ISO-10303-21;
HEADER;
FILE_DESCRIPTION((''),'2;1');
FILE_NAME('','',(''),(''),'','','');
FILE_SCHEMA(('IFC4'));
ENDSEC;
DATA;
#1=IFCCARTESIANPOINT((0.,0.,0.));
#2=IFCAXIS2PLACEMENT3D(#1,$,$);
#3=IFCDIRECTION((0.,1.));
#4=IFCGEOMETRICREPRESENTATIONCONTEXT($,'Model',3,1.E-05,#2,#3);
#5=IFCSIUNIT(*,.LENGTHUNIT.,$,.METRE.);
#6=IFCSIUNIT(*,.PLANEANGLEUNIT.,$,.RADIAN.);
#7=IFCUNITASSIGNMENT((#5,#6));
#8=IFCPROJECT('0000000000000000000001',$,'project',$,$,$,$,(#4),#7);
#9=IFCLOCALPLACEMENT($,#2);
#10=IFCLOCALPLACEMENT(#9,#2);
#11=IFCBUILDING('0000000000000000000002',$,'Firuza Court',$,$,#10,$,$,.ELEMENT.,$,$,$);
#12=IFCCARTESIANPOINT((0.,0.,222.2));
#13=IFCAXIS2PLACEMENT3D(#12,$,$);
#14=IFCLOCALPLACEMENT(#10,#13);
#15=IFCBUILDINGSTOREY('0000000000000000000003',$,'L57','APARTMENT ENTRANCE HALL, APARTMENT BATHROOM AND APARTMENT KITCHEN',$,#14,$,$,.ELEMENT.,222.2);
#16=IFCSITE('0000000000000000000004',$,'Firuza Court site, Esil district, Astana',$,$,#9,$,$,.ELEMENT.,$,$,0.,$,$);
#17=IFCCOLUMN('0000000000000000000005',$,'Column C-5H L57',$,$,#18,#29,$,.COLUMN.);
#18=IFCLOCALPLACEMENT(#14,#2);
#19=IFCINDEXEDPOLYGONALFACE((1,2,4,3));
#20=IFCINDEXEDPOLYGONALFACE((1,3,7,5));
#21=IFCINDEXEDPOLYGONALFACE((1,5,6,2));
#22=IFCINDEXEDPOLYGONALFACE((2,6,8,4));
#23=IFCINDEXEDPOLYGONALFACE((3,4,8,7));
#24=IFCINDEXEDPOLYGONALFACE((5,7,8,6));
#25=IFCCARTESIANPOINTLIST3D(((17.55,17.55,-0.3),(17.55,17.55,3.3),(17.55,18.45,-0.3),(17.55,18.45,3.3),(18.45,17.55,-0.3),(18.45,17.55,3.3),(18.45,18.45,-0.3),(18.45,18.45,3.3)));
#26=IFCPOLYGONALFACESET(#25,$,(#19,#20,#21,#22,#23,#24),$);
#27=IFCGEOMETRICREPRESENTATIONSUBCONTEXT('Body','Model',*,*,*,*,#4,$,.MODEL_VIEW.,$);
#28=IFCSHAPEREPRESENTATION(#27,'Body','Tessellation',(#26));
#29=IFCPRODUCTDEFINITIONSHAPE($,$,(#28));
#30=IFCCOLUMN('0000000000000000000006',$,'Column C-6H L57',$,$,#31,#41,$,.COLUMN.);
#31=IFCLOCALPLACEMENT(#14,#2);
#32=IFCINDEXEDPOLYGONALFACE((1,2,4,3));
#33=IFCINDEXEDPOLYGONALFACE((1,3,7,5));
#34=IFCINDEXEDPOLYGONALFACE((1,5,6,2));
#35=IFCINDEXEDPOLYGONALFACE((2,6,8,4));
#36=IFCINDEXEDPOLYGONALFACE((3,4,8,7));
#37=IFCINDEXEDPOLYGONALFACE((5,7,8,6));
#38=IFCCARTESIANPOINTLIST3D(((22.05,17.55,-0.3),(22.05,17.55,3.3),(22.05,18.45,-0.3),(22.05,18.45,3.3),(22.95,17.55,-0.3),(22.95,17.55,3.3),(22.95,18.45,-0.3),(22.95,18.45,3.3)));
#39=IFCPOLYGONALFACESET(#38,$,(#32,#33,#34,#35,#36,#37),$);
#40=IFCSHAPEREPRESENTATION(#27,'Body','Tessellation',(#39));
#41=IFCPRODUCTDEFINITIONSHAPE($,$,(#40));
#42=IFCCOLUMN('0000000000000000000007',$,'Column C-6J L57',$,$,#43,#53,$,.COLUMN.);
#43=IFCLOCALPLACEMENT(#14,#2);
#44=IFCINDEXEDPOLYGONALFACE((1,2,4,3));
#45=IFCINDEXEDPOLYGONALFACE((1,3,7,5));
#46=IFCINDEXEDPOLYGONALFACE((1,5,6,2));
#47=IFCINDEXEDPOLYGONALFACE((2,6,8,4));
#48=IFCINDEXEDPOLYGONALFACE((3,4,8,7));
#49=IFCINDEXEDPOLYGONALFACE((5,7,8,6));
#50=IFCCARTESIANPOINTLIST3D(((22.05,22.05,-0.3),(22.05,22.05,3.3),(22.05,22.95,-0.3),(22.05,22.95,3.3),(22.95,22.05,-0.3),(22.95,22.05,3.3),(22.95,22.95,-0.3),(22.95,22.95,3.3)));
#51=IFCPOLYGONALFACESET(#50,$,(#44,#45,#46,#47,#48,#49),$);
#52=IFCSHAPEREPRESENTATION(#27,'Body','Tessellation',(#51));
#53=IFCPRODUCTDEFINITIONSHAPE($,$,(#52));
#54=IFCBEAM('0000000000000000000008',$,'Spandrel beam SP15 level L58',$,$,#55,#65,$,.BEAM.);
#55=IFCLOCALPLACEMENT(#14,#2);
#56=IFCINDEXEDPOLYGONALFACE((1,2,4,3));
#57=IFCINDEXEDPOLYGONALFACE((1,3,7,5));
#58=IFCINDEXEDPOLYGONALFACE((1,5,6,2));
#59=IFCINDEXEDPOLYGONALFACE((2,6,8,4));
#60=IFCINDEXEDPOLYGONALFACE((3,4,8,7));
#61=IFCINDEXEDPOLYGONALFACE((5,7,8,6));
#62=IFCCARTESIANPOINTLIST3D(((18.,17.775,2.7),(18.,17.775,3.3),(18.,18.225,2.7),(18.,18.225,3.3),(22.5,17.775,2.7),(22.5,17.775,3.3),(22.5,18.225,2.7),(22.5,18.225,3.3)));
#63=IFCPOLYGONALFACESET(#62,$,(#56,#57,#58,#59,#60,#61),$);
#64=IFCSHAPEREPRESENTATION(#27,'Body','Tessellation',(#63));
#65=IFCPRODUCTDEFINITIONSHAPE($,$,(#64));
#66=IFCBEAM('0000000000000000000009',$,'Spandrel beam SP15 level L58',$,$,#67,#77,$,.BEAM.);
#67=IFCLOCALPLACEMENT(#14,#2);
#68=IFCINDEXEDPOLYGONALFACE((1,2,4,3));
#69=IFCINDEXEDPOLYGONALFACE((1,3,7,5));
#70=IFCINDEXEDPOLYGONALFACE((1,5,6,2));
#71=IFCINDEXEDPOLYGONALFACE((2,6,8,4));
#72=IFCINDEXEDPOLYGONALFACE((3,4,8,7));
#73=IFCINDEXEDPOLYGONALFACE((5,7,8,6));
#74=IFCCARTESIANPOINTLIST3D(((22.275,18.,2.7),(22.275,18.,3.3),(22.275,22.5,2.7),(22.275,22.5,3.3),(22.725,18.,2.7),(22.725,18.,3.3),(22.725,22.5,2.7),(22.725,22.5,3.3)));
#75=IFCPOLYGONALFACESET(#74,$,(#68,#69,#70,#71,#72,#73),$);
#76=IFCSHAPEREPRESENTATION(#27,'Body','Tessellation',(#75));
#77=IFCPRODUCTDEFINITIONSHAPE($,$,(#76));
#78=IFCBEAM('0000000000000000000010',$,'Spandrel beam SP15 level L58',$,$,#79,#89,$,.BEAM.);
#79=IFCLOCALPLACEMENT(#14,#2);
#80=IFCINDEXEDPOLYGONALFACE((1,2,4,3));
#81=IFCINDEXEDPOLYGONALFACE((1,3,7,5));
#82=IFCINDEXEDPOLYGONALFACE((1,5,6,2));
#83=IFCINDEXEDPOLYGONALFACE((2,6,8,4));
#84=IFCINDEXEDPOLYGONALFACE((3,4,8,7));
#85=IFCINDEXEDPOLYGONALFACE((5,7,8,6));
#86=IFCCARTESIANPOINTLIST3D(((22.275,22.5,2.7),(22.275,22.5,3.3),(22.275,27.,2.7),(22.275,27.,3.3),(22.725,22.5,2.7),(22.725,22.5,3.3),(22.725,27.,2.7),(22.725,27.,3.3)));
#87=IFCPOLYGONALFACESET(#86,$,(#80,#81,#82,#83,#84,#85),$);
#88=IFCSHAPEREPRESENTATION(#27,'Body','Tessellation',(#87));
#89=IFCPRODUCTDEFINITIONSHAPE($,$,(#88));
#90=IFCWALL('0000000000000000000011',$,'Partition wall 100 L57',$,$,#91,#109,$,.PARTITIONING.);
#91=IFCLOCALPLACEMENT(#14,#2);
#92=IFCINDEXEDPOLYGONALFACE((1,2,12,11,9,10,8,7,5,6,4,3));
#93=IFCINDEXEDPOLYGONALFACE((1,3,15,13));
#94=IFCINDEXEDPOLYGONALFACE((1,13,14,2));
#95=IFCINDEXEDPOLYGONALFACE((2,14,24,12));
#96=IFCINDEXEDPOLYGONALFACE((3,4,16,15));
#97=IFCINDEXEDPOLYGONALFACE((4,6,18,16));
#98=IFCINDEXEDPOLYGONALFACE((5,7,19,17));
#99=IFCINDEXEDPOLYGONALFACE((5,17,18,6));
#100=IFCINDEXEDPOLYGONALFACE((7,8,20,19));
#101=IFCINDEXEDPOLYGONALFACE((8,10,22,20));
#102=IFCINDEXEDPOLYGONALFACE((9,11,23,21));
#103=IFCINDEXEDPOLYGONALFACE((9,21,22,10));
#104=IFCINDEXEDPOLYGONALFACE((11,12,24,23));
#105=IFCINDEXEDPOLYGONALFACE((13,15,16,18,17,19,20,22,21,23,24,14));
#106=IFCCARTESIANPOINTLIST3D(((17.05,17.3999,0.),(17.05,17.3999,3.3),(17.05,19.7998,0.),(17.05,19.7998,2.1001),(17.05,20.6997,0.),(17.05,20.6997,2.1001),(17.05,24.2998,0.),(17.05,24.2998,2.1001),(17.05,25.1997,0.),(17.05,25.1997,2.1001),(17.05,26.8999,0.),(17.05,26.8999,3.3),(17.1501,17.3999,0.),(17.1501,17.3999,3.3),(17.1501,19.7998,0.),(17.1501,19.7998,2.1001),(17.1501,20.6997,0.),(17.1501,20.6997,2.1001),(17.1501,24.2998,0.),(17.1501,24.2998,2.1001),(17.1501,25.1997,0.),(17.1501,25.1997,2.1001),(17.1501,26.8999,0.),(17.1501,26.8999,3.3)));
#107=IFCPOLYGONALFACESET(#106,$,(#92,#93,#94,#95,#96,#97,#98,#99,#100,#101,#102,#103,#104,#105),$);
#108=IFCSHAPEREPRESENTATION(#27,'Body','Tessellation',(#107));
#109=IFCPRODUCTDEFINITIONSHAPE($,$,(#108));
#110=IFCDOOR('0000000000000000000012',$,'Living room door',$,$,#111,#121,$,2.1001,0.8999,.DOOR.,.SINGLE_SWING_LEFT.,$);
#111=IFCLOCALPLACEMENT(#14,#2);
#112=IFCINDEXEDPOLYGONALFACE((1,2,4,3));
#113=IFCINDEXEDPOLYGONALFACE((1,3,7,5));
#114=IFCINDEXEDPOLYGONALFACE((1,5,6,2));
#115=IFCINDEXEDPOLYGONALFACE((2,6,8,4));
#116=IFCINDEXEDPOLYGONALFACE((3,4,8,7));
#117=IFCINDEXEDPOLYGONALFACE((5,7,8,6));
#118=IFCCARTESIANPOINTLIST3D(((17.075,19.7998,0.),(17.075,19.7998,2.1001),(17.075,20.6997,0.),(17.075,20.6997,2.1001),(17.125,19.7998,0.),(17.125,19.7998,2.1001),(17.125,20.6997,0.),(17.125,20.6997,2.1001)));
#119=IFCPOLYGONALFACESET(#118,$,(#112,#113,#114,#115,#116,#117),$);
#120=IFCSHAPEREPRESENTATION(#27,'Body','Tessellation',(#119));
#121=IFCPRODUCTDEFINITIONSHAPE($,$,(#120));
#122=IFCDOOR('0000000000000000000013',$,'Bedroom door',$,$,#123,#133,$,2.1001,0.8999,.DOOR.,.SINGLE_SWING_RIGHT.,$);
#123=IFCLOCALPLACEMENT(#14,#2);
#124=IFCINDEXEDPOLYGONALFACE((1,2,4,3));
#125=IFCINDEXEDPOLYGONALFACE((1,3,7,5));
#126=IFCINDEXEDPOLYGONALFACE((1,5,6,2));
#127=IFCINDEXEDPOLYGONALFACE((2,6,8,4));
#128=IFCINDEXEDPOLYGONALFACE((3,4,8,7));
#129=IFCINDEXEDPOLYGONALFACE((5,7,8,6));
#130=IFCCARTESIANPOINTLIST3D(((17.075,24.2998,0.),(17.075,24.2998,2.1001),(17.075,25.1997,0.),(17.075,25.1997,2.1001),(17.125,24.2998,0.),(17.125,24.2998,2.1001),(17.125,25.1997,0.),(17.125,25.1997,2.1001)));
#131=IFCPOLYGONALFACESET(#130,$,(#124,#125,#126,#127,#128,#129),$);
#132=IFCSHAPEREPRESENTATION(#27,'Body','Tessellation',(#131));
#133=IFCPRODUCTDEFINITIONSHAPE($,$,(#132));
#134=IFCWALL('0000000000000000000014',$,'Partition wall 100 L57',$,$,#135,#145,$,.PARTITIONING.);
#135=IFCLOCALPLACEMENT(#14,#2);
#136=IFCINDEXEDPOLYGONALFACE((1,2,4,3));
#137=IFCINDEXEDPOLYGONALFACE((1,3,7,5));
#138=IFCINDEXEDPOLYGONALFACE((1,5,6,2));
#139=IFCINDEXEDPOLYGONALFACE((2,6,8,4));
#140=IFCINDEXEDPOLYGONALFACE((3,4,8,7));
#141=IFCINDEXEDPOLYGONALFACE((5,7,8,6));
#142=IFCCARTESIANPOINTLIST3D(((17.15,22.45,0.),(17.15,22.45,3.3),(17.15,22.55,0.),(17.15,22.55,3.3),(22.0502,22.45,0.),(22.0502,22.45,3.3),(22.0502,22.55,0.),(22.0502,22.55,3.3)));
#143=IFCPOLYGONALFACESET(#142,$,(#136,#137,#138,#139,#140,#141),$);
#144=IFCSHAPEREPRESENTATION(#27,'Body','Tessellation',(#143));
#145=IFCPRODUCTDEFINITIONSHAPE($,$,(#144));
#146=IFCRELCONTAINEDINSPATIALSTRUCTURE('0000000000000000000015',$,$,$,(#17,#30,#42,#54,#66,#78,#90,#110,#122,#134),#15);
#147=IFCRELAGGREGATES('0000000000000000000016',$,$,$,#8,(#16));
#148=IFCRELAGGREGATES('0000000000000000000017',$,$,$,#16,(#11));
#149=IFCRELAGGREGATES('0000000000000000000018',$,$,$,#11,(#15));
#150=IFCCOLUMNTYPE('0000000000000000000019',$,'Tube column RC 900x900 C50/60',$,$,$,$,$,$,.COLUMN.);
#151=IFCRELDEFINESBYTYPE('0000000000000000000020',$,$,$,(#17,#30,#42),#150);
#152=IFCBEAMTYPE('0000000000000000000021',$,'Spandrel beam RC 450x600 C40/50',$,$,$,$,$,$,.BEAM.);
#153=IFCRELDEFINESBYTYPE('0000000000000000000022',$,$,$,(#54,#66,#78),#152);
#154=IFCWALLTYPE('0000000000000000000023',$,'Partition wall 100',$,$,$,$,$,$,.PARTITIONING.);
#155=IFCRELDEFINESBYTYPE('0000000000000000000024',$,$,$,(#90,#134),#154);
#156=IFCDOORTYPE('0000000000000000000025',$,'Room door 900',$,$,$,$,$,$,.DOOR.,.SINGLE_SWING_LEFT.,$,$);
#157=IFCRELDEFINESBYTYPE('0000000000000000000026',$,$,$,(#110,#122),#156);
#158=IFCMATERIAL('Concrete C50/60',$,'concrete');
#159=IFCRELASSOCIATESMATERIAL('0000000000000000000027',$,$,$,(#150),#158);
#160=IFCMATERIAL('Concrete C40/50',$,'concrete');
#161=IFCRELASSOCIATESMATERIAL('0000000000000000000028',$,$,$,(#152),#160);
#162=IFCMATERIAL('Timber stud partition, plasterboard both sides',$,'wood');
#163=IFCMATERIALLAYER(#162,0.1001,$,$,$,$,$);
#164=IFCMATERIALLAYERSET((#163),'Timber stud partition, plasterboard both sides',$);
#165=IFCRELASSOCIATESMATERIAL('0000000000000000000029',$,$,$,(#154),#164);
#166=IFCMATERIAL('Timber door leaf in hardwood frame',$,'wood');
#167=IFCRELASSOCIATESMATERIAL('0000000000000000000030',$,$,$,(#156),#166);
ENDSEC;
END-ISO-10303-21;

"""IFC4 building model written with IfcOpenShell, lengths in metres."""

from ifc_helpers import new_model, si_unit, direction, frame, frame_2d, origin, origin_2d, place, context, subcontext, project, spatial, rectangle, extrude, material, layer, layer_set, material_profile, profile_set, type_object, element, fill, save


model = new_model("IFC4")

# Units and contexts
model_context = context("Model", 3, precision=1e-05, world=origin(), true_north=direction((0.0, 1.0)))
body_context = subcontext(model_context, "Body", "Model", "MODEL_VIEW")
ifc_project = project(units=[si_unit("LENGTHUNIT", "METRE"), si_unit("PLANEANGLEUNIT", "RADIAN")], contexts=[model_context])

# Site, building, storey
site_placement = place(None, origin())
site = spatial("IfcSite", under=ifc_project, at=site_placement, Name="Firuza Court site, Esil district, Astana", CompositionType="ELEMENT", RefElevation=0.0)
building_placement = place(site_placement, origin())
building = spatial("IfcBuilding", under=site, at=building_placement, Name="Firuza Court", CompositionType="ELEMENT")
storey_placement = place(building_placement, frame((0.0, 0.0, 222.2)))
storey = spatial("IfcBuildingStorey", under=building, at=storey_placement, Name="L57", Description="APARTMENT ENTRANCE HALL, APARTMENT BATHROOM AND APARTMENT KITCHEN", CompositionType="ELEMENT", Elevation=222.2)

# Columns
ifc_material_1 = material(Name="Concrete C50/60", Category="concrete")
ifc_material_profile_1 = material_profile(ifc_material_1, rectangle(XDim=0.8999, YDim=0.8999, at=origin_2d()), Name="RC 900x900")
ifc_profile_set_1 = profile_set([ifc_material_profile_1], Name="Concrete C50/60")
column_type = type_object("IfcColumnType", Name="Tube column RC 900x900 C50/60", PredefinedType="COLUMN", material=ifc_profile_set_1)
for number, where, z_axis, x_axis, name in (
    (1, (18.0, 18.0, -0.3), (0.0, 0.0, 1.0), (1.0, 0.0, 0.0), "Column C-5H L57"),
    (2, (22.5, 18.0, -0.3), (0.0, 0.0, 1.0), (1.0, 0.0, 0.0), "Column C-6H L57"),
    (3, (22.5, 22.5, -0.3), (0.0, 0.0, 1.0), (1.0, 0.0, 0.0), "Column C-6J L57"),
):
    element("IfcColumn", number, at=place(storey_placement, frame(where, z_axis=z_axis, x_axis=x_axis)), inside=storey, type_object=column_type, Name=name, PredefinedType="COLUMN", context=body_context, shape_type="SweptSolid", body=[
        extrude(rectangle(XDim=0.8999, YDim=0.8999, at=origin_2d()), origin(), (0.0, 0.0, 1.0), 3.6001),
    ])

# Beams
ifc_material_2 = material(Name="Concrete C40/50", Category="concrete")
ifc_material_profile_2 = material_profile(ifc_material_2, rectangle(XDim=0.45, YDim=0.6001, at=origin_2d()), Name="RC 450x600")
ifc_profile_set_2 = profile_set([ifc_material_profile_2], Name="Concrete C40/50")
beam_type = type_object("IfcBeamType", Name="Spandrel beam RC 450x600 C40/50", PredefinedType="BEAM", material=ifc_profile_set_2)
for number, where, z_axis, x_axis, name in (
    (4, (18.0, 18.0, 3.0), (1.0, 0.0, 0.0), (0.0, 1.0, 0.0), "Spandrel beam SP15 level L58"),
    (5, (22.5, 18.0, 3.0), (0.0, 1.0, 0.0), (-1.0, 0.0, 0.0), "Spandrel beam SP15 level L58"),
    (6, (22.5, 22.5, 3.0), (0.0, 1.0, 0.0), (-1.0, 0.0, 0.0), "Spandrel beam SP15 level L58"),
):
    element("IfcBeam", number, at=place(storey_placement, frame(where, z_axis=z_axis, x_axis=x_axis)), inside=storey, type_object=beam_type, Name=name, PredefinedType="BEAM", context=body_context, shape_type="SweptSolid", body=[
        extrude(rectangle(XDim=0.45, YDim=0.6001, at=origin_2d()), origin(), (0.0, 0.0, 1.0), 4.5),
    ])

# Wall, openings, doors
ifc_material_3 = material(Name="Timber stud partition, plasterboard both sides", Category="wood")
ifc_layer_1 = layer(ifc_material_3, 0.1001)
ifc_layer_set_1 = layer_set([ifc_layer_1], Name="Timber stud partition, plasterboard both sides")
wall_type_1 = type_object("IfcWallType", Name="Partition wall 100", PredefinedType="PARTITIONING", material=ifc_layer_set_1)
wall_1_placement = place(storey_placement, frame((17.1001, 17.3999, 0.0), z_axis=(0.0, 0.0, 1.0), x_axis=(0.0, 1.0, 0.0)))
wall_1 = element("IfcWall", 7, at=wall_1_placement, inside=storey, type_object=wall_type_1, Name="Partition wall 100 L57", PredefinedType="PARTITIONING", context=body_context, shape_type="SweptSolid", body=[
    extrude(rectangle(XDim=9.5, YDim=0.1001, at=frame_2d((4.75, 0.0))), origin(), (0.0, 0.0, 1.0), 3.3),
])
opening_1_placement = place(wall_1_placement, frame((2.3999, 0.0, 0.0)))
opening_1 = element("IfcOpeningElement", 8, at=opening_1_placement, cuts=wall_1, PredefinedType="OPENING", context=body_context, shape_type="SweptSolid", body=[
    extrude(rectangle(XDim=0.8999, YDim=2.1001, at=frame_2d((0.45, 1.05))), frame((0.0, 0.062, 0.0), z_axis=(0.0, -1.0, 0.0), x_axis=(1.0, 0.0, 0.0)), (0.0, 0.0, 1.0), 0.124),
])
opening_2_placement = place(wall_1_placement, frame((6.8999, 0.0, 0.0)))
opening_2 = element("IfcOpeningElement", 9, at=opening_2_placement, cuts=wall_1, PredefinedType="OPENING", context=body_context, shape_type="SweptSolid", body=[
    extrude(rectangle(XDim=0.8999, YDim=2.1001, at=frame_2d((0.45, 1.05))), frame((0.0, 0.062, 0.0), z_axis=(0.0, -1.0, 0.0), x_axis=(1.0, 0.0, 0.0)), (0.0, 0.0, 1.0), 0.124),
])
ifc_material_4 = material(Name="Timber door leaf in hardwood frame", Category="wood")
door_type = type_object("IfcDoorType", Name="Room door 900", OperationType="SINGLE_SWING_LEFT", PredefinedType="DOOR", material=ifc_material_4)
door_1_placement = place(opening_1_placement, frame((0.8999, 0.0, 0.0), z_axis=(0.0, 0.0, 1.0), x_axis=(-1.0, 0.0, 0.0)))
door_1 = element("IfcDoor", 10, at=door_1_placement, inside=storey, type_object=door_type, Name="Living room door", OperationType="SINGLE_SWING_LEFT", OverallHeight=2.1001, OverallWidth=0.8999, PredefinedType="DOOR", context=body_context, shape_type="SweptSolid", body=[
    extrude(rectangle(XDim=0.8999, YDim=2.1001, at=frame_2d((0.45, 1.05))), frame((0.0, 0.0249, 0.0), z_axis=(0.0, -1.0, 0.0), x_axis=(1.0, 0.0, 0.0)), (0.0, 0.0, 1.0), 0.05),
])
fill(opening_1, door_1)
door_2_placement = place(opening_2_placement, frame((0.8999, 0.0, 0.0), z_axis=(0.0, 0.0, 1.0), x_axis=(-1.0, 0.0, 0.0)))
door_2 = element("IfcDoor", 11, at=door_2_placement, inside=storey, type_object=door_type, Name="Bedroom door", OperationType="SINGLE_SWING_RIGHT", OverallHeight=2.1001, OverallWidth=0.8999, PredefinedType="DOOR", context=body_context, shape_type="SweptSolid", body=[
    extrude(rectangle(XDim=0.8999, YDim=2.1001, at=frame_2d((0.45, 1.05))), frame((0.0, 0.0249, 0.0), z_axis=(0.0, -1.0, 0.0), x_axis=(1.0, 0.0, 0.0)), (0.0, 0.0, 1.0), 0.05),
])
fill(opening_2, door_2)

# Wall
wall_2_placement = place(storey_placement, frame((17.1499, 22.5, 0.0), z_axis=(0.0, 0.0, 1.0), x_axis=(1.0, 0.0, 0.0)))
element("IfcWall", 12, at=wall_2_placement, inside=storey, type_object=wall_type_1, Name="Partition wall 100 L57", PredefinedType="PARTITIONING", context=body_context, shape_type="SweptSolid", body=[
    extrude(rectangle(XDim=4.9001, YDim=0.1001, at=frame_2d((2.4502, 0.0))), origin(), (0.0, 0.0, 1.0), 3.3),
])

save(model, "model.ifc")
